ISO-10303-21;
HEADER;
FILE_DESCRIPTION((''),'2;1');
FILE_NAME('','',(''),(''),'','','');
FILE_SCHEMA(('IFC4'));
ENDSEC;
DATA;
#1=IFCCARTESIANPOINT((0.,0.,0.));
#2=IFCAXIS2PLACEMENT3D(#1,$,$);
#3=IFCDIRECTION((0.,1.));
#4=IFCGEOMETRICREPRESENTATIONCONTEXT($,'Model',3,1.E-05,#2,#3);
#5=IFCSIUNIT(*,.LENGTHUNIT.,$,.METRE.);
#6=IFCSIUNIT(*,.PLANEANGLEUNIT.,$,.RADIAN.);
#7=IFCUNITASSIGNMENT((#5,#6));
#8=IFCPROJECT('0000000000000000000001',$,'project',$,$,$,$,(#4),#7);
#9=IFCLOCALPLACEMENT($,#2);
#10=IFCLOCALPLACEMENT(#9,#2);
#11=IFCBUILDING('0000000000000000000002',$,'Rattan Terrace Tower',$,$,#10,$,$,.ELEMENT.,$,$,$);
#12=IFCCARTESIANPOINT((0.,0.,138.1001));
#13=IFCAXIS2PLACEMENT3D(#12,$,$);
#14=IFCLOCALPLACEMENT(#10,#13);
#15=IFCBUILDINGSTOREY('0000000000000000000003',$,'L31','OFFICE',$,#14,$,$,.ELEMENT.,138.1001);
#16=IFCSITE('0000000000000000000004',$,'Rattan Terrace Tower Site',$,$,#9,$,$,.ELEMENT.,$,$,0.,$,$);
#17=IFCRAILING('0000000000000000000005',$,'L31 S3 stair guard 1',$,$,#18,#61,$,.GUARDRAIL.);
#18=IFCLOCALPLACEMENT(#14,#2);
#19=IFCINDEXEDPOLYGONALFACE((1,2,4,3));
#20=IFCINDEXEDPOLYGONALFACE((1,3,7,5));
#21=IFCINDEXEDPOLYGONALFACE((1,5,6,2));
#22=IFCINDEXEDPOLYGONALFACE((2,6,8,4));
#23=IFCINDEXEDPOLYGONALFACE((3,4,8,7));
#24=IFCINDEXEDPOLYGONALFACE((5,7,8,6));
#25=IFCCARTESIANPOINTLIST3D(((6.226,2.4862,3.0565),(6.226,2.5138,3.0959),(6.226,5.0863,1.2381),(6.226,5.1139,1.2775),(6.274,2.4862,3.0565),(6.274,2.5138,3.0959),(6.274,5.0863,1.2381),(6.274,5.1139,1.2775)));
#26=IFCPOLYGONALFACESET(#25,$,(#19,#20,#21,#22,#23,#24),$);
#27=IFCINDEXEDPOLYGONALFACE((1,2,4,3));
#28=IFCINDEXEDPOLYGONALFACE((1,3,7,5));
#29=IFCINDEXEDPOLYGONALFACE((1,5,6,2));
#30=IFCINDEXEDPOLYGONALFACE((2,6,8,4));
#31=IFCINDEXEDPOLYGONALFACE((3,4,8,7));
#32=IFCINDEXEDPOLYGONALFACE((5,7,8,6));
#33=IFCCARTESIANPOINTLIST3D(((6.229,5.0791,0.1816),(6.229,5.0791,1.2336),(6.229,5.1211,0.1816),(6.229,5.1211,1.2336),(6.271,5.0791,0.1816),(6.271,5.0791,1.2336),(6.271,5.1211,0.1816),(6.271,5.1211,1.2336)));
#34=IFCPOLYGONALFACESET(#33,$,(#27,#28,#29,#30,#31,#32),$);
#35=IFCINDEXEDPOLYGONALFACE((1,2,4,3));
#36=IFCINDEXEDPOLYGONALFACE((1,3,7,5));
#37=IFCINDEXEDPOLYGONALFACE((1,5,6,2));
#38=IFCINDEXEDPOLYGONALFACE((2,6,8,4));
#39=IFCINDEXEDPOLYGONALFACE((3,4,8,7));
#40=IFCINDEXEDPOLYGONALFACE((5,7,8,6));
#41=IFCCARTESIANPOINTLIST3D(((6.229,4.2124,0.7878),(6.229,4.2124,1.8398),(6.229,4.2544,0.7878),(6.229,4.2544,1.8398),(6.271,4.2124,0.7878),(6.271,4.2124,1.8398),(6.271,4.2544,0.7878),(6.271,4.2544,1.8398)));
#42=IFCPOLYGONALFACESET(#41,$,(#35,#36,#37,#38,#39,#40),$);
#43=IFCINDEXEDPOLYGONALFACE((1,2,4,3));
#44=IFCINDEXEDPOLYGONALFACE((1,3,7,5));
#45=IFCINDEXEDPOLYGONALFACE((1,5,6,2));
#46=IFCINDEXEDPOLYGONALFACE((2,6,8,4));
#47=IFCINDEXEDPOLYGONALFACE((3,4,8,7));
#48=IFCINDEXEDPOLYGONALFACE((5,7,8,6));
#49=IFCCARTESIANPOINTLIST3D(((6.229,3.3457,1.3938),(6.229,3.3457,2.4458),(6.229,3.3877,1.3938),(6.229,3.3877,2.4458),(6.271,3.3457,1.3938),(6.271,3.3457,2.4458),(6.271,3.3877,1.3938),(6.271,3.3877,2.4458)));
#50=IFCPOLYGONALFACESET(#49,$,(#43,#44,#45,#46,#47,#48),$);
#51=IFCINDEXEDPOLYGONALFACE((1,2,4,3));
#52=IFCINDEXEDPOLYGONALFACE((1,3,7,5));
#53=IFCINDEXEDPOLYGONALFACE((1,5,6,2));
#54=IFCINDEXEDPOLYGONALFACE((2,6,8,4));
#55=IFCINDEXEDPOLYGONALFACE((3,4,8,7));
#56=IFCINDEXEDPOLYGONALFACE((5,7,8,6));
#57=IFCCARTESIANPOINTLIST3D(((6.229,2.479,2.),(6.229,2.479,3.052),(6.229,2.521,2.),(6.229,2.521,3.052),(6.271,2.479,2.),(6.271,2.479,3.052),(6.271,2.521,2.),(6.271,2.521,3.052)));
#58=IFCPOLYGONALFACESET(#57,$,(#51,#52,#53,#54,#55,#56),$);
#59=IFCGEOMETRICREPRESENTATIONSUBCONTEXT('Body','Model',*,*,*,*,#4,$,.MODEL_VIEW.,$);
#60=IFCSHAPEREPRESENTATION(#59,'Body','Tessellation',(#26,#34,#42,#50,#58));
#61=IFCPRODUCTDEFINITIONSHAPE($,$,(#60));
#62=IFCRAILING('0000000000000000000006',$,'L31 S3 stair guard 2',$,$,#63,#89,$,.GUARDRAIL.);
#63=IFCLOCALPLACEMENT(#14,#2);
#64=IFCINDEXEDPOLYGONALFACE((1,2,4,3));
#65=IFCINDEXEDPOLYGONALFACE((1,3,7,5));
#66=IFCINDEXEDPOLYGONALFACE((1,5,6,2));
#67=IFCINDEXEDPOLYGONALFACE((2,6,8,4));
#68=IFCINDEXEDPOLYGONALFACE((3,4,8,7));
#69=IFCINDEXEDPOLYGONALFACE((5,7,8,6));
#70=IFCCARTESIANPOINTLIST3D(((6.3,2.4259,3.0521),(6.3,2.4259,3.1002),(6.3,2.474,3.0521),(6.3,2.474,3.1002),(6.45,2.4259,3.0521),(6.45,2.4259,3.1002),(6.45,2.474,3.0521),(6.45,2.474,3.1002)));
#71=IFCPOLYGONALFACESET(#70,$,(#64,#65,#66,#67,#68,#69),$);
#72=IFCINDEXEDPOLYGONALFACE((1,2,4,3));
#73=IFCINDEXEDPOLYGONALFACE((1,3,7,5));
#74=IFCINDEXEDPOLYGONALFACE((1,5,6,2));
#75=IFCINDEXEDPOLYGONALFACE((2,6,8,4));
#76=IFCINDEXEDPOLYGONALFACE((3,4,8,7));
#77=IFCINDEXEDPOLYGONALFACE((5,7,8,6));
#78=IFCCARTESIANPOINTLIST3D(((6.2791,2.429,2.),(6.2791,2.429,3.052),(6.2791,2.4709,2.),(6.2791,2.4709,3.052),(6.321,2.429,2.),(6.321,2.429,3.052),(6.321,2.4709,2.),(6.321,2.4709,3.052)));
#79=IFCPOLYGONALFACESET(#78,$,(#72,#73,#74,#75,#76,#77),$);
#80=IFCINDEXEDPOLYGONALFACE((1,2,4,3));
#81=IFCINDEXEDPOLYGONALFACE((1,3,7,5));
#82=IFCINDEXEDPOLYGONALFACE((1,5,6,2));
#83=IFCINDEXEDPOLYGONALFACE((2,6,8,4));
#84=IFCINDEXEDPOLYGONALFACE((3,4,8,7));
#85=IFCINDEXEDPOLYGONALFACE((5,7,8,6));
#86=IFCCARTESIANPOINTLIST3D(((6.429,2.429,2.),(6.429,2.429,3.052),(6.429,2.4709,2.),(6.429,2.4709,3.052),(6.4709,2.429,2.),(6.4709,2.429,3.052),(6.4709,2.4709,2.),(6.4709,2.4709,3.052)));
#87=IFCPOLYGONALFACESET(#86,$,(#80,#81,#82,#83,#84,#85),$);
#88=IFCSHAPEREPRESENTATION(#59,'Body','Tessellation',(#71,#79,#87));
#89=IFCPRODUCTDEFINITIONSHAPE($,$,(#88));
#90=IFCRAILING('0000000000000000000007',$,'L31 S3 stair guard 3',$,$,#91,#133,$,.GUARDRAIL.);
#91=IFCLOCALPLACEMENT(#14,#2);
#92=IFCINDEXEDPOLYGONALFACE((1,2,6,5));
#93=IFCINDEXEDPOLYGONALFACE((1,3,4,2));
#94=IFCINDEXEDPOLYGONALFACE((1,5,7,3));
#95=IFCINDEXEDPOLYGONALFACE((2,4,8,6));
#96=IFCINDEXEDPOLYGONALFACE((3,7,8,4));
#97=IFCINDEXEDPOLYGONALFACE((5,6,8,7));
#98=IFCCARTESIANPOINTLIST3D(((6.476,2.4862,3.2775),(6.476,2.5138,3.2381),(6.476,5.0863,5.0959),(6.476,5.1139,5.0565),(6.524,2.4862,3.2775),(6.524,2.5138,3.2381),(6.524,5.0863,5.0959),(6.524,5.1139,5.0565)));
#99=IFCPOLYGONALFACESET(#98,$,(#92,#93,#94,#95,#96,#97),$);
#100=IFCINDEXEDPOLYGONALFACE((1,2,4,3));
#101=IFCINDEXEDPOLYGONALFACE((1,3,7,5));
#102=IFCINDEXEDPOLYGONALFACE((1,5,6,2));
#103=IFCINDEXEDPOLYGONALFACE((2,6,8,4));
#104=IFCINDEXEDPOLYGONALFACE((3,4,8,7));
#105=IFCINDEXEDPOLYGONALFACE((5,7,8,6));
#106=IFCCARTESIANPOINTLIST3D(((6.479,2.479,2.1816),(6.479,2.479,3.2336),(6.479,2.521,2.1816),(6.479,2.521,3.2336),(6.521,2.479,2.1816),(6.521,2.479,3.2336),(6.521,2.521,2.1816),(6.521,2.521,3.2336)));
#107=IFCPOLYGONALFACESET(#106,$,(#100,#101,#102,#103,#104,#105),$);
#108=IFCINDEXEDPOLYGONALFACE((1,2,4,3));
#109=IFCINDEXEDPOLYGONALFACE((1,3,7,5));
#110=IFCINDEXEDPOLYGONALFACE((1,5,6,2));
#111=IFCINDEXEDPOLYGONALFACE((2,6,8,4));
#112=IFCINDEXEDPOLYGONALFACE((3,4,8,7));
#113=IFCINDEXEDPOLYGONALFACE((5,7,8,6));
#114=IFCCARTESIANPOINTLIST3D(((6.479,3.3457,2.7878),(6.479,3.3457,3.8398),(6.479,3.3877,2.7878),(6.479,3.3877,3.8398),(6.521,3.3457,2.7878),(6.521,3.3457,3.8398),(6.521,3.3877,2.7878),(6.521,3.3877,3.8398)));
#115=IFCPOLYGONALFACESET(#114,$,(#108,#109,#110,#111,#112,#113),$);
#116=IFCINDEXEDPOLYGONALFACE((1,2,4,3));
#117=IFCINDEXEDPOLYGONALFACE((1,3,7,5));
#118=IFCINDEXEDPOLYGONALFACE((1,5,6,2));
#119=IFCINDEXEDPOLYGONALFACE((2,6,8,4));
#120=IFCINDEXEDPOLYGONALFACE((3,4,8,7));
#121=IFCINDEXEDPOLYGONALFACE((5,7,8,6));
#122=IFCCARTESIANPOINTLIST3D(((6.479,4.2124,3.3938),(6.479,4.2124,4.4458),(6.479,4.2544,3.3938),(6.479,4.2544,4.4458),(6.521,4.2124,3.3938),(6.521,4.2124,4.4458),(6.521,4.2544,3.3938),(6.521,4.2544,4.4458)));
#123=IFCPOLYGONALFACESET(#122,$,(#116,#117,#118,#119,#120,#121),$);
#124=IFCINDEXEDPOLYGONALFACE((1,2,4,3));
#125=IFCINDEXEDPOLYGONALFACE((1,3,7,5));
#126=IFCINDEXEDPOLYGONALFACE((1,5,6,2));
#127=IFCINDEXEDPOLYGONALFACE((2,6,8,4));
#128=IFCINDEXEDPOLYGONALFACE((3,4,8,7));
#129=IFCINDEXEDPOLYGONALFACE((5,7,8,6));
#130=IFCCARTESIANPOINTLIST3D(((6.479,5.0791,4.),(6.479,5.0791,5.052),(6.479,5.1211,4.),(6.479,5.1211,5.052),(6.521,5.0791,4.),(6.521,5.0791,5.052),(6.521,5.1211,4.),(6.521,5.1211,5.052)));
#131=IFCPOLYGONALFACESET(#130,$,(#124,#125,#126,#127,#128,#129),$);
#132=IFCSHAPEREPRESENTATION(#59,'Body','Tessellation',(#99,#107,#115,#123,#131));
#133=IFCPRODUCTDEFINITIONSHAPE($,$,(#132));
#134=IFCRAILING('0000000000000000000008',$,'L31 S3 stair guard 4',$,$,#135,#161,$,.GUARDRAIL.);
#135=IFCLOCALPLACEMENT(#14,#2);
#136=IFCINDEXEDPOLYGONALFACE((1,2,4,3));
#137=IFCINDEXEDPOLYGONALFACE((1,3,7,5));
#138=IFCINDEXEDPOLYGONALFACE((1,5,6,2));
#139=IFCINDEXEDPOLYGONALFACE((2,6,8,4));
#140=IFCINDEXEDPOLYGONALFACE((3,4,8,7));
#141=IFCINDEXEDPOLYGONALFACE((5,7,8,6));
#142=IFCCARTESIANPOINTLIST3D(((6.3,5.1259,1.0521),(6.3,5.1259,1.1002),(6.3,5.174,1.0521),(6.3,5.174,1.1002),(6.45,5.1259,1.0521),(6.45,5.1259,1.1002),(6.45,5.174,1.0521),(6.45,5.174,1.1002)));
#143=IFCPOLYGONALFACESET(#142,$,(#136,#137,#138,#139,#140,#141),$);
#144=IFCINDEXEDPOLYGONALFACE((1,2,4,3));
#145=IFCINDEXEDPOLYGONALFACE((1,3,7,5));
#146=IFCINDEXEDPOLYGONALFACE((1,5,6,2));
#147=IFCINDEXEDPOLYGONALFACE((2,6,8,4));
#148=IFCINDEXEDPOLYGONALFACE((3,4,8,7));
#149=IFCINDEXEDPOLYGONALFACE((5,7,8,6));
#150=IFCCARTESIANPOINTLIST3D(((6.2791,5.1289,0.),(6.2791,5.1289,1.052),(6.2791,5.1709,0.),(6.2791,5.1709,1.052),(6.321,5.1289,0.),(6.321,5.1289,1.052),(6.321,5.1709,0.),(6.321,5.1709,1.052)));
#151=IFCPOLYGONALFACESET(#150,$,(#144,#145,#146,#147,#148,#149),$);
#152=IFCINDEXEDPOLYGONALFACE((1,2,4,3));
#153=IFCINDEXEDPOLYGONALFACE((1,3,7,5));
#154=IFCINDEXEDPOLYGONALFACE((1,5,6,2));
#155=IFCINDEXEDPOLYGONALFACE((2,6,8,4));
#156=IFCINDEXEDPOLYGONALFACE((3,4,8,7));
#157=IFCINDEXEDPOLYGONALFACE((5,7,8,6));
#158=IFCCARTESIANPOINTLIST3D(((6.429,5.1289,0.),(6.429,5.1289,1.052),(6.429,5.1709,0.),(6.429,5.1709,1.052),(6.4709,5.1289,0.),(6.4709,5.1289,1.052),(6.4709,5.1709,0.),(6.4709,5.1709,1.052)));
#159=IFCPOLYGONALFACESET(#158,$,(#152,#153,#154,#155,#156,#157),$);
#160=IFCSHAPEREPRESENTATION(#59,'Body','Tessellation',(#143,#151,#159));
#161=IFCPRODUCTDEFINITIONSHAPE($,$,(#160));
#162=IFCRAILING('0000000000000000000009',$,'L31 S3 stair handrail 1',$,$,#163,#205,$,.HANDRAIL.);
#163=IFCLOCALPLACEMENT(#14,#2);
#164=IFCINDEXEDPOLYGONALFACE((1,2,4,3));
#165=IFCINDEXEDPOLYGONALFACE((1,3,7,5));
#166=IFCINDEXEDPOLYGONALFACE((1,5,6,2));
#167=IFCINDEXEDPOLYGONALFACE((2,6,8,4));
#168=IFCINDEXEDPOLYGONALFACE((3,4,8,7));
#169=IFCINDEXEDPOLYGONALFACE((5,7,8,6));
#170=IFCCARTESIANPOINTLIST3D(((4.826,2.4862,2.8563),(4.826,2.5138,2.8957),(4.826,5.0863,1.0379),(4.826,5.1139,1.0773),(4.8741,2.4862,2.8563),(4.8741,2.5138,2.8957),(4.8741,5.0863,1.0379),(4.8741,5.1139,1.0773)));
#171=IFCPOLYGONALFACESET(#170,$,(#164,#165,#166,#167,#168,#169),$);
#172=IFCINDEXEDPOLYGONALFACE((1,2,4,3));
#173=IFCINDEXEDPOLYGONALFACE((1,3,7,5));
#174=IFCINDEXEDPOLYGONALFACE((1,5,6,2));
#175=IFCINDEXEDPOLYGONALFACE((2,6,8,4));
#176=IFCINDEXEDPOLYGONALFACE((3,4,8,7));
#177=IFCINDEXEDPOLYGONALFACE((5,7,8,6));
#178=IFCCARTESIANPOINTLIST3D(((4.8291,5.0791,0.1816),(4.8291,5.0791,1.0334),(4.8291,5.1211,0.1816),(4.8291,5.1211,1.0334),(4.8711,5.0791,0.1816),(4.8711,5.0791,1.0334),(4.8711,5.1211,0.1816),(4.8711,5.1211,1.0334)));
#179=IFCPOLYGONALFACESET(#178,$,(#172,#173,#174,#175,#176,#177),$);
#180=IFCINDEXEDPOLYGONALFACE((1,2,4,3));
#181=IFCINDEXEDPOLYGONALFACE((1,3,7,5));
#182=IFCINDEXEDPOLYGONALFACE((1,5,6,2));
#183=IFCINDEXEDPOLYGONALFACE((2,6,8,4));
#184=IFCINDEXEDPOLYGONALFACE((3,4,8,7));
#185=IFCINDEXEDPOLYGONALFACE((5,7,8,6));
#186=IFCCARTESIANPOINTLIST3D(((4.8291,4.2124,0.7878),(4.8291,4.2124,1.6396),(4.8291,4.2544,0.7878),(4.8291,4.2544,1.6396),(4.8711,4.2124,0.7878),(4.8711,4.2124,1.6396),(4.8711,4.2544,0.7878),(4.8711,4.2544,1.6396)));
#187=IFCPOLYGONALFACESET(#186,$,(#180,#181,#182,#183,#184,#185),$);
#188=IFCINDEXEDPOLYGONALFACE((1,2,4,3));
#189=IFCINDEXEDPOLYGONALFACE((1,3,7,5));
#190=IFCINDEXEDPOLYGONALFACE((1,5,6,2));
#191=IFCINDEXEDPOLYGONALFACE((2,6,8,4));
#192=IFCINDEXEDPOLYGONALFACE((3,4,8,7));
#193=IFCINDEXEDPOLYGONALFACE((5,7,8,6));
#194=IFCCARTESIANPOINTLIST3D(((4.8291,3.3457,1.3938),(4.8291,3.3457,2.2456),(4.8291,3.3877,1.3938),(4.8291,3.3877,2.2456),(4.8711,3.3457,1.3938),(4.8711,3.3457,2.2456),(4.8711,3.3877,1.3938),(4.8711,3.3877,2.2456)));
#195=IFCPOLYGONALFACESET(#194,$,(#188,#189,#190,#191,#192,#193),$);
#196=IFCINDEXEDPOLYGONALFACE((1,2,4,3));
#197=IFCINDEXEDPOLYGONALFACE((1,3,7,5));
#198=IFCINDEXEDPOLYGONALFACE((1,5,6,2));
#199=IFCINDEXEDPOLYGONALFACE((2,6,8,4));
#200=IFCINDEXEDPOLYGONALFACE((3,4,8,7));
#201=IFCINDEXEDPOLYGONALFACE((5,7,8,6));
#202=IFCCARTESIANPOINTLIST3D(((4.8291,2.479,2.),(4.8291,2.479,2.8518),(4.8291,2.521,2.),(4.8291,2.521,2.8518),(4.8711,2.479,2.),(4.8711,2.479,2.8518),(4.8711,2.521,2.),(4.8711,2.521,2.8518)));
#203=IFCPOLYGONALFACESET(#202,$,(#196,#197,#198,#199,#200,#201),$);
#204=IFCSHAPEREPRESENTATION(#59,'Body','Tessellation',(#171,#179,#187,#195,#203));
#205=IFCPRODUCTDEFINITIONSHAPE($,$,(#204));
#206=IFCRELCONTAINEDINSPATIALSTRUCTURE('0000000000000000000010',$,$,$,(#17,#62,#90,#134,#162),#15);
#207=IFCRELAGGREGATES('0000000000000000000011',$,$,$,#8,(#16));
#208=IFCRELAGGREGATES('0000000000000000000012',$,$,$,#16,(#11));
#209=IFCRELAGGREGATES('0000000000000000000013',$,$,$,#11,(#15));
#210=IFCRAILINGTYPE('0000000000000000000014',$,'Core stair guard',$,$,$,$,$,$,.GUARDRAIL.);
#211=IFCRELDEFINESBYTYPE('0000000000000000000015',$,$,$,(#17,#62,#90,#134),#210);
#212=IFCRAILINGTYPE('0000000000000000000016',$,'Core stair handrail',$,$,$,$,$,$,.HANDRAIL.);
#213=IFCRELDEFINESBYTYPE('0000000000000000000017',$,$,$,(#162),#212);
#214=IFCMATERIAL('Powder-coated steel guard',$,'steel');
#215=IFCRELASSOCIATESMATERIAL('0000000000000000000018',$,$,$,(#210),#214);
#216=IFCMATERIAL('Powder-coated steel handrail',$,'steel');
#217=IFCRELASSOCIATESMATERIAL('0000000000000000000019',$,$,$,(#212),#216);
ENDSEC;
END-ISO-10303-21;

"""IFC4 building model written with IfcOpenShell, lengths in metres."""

from ifc_helpers import new_model, si_unit, direction, frame, origin, origin_2d, place, context, subcontext, project, spatial, rectangle, extrude, material, type_object, element, save


model = new_model("IFC4")

# Units and contexts
model_context = context("Model", 3, precision=1e-05, world=origin(), true_north=direction((0.0, 1.0)))
body_context = subcontext(model_context, "Body", "Model", "MODEL_VIEW")
ifc_project = project(units=[si_unit("LENGTHUNIT", "METRE"), si_unit("PLANEANGLEUNIT", "RADIAN")], contexts=[model_context])

# Site, building, storey
site_placement = place(None, origin())
site = spatial("IfcSite", under=ifc_project, at=site_placement, Name="Rattan Terrace Tower Site", CompositionType="ELEMENT", RefElevation=0.0)
building_placement = place(site_placement, origin())
building = spatial("IfcBuilding", under=site, at=building_placement, Name="Rattan Terrace Tower", CompositionType="ELEMENT")
storey_placement = place(building_placement, frame((0.0, 0.0, 138.1001)))
storey = spatial("IfcBuildingStorey", under=building, at=storey_placement, Name="L31", Description="OFFICE", CompositionType="ELEMENT", Elevation=138.1001)

# Railings
ifc_material_1 = material(Name="Powder-coated steel guard", Category="steel")
railing_type_1 = type_object("IfcRailingType", Name="Core stair guard", PredefinedType="GUARDRAIL", material=ifc_material_1)
railing_1_placement = place(storey_placement, frame((6.25, 5.1001, 0.1816)))
element("IfcRailing", 1, at=railing_1_placement, inside=storey, type_object=railing_type_1, Name="L31 S3 stair guard 1", PredefinedType="GUARDRAIL", context=body_context, shape_type="SweptSolid", body=[
    extrude(rectangle(XDim=0.0481, YDim=0.0481, at=origin_2d()), frame((0.0, 0.0, 1.0762), z_axis=(0.0, -0.819485, 0.573101), x_axis=(1.0, 0.0, 0.0)), (0.0, 0.0, 1.0), 3.1729),
    extrude(rectangle(XDim=0.042, YDim=0.042, at=origin_2d()), origin(), (0.0, 0.0, 1.0), 1.052),
    extrude(rectangle(XDim=0.042, YDim=0.042, at=origin_2d()), frame((0.0, -0.8667, 0.6062)), (0.0, 0.0, 1.0), 1.052),
    extrude(rectangle(XDim=0.042, YDim=0.042, at=origin_2d()), frame((0.0, -1.7334, 1.2122)), (0.0, 0.0, 1.0), 1.052),
    extrude(rectangle(XDim=0.042, YDim=0.042, at=origin_2d()), frame((0.0, -2.6001, 1.8184)), (0.0, 0.0, 1.0), 1.052),
])
railing_2_placement = place(storey_placement, frame((6.3, 2.45, 2.0)))
element("IfcRailing", 2, at=railing_2_placement, inside=storey, type_object=railing_type_1, Name="L31 S3 stair guard 2", PredefinedType="GUARDRAIL", context=body_context, shape_type="SweptSolid", body=[
    extrude(rectangle(XDim=0.0481, YDim=0.0481, at=origin_2d()), frame((0.0, 0.0, 1.0762), z_axis=(1.0, 0.0, 0.0), x_axis=(0.0, 1.0, 0.0)), (0.0, 0.0, 1.0), 0.1499),
    extrude(rectangle(XDim=0.042, YDim=0.042, at=origin_2d()), origin(), (0.0, 0.0, 1.0), 1.052),
    extrude(rectangle(XDim=0.042, YDim=0.042, at=origin_2d()), frame((0.1499, 0.0, 0.0)), (0.0, 0.0, 1.0), 1.052),
])
railing_3_placement = place(storey_placement, frame((6.5, 2.5, 2.1816)))
element("IfcRailing", 3, at=railing_3_placement, inside=storey, type_object=railing_type_1, Name="L31 S3 stair guard 3", PredefinedType="GUARDRAIL", context=body_context, shape_type="SweptSolid", body=[
    extrude(rectangle(XDim=0.0481, YDim=0.0481, at=origin_2d()), frame((0.0, 0.0, 1.0762), z_axis=(0.0, 0.819485, 0.573101), x_axis=(-1.0, 0.0, 0.0)), (0.0, 0.0, 1.0), 3.1729),
    extrude(rectangle(XDim=0.042, YDim=0.042, at=origin_2d()), origin(), (0.0, 0.0, 1.0), 1.052),
    extrude(rectangle(XDim=0.042, YDim=0.042, at=origin_2d()), frame((0.0, 0.8667, 0.6062)), (0.0, 0.0, 1.0), 1.052),
    extrude(rectangle(XDim=0.042, YDim=0.042, at=origin_2d()), frame((0.0, 1.7334, 1.2122)), (0.0, 0.0, 1.0), 1.052),
    extrude(rectangle(XDim=0.042, YDim=0.042, at=origin_2d()), frame((0.0, 2.6001, 1.8184)), (0.0, 0.0, 1.0), 1.052),
])
railing_4_placement = place(storey_placement, frame((6.3, 5.1499, 0.0)))
element("IfcRailing", 4, at=railing_4_placement, inside=storey, type_object=railing_type_1, Name="L31 S3 stair guard 4", PredefinedType="GUARDRAIL", context=body_context, shape_type="SweptSolid", body=[
    extrude(rectangle(XDim=0.0481, YDim=0.0481, at=origin_2d()), frame((0.0, 0.0, 1.0762), z_axis=(1.0, 0.0, 0.0), x_axis=(0.0, 1.0, 0.0)), (0.0, 0.0, 1.0), 0.1499),
    extrude(rectangle(XDim=0.042, YDim=0.042, at=origin_2d()), origin(), (0.0, 0.0, 1.0), 1.052),
    extrude(rectangle(XDim=0.042, YDim=0.042, at=origin_2d()), frame((0.1499, 0.0, 0.0)), (0.0, 0.0, 1.0), 1.052),
])
ifc_material_2 = material(Name="Powder-coated steel handrail", Category="steel")
railing_type_2 = type_object("IfcRailingType", Name="Core stair handrail", PredefinedType="HANDRAIL", material=ifc_material_2)
railing_5_placement = place(storey_placement, frame((4.8501, 5.1001, 0.1816)))
element("IfcRailing", 5, at=railing_5_placement, inside=storey, type_object=railing_type_2, Name="L31 S3 stair handrail 1", PredefinedType="HANDRAIL", context=body_context, shape_type="SweptSolid", body=[
    extrude(rectangle(XDim=0.0481, YDim=0.0481, at=origin_2d()), frame((0.0, 0.0, 0.876), z_axis=(0.0, -0.819485, 0.573101), x_axis=(1.0, 0.0, 0.0)), (0.0, 0.0, 1.0), 3.1729),
    extrude(rectangle(XDim=0.042, YDim=0.042, at=origin_2d()), origin(), (0.0, 0.0, 1.0), 0.8518),
    extrude(rectangle(XDim=0.042, YDim=0.042, at=origin_2d()), frame((0.0, -0.8667, 0.6062)), (0.0, 0.0, 1.0), 0.8518),
    extrude(rectangle(XDim=0.042, YDim=0.042, at=origin_2d()), frame((0.0, -1.7334, 1.2122)), (0.0, 0.0, 1.0), 0.8518),
    extrude(rectangle(XDim=0.042, YDim=0.042, at=origin_2d()), frame((0.0, -2.6001, 1.8184)), (0.0, 0.0, 1.0), 0.8518),
])

save(model, "model.ifc")
